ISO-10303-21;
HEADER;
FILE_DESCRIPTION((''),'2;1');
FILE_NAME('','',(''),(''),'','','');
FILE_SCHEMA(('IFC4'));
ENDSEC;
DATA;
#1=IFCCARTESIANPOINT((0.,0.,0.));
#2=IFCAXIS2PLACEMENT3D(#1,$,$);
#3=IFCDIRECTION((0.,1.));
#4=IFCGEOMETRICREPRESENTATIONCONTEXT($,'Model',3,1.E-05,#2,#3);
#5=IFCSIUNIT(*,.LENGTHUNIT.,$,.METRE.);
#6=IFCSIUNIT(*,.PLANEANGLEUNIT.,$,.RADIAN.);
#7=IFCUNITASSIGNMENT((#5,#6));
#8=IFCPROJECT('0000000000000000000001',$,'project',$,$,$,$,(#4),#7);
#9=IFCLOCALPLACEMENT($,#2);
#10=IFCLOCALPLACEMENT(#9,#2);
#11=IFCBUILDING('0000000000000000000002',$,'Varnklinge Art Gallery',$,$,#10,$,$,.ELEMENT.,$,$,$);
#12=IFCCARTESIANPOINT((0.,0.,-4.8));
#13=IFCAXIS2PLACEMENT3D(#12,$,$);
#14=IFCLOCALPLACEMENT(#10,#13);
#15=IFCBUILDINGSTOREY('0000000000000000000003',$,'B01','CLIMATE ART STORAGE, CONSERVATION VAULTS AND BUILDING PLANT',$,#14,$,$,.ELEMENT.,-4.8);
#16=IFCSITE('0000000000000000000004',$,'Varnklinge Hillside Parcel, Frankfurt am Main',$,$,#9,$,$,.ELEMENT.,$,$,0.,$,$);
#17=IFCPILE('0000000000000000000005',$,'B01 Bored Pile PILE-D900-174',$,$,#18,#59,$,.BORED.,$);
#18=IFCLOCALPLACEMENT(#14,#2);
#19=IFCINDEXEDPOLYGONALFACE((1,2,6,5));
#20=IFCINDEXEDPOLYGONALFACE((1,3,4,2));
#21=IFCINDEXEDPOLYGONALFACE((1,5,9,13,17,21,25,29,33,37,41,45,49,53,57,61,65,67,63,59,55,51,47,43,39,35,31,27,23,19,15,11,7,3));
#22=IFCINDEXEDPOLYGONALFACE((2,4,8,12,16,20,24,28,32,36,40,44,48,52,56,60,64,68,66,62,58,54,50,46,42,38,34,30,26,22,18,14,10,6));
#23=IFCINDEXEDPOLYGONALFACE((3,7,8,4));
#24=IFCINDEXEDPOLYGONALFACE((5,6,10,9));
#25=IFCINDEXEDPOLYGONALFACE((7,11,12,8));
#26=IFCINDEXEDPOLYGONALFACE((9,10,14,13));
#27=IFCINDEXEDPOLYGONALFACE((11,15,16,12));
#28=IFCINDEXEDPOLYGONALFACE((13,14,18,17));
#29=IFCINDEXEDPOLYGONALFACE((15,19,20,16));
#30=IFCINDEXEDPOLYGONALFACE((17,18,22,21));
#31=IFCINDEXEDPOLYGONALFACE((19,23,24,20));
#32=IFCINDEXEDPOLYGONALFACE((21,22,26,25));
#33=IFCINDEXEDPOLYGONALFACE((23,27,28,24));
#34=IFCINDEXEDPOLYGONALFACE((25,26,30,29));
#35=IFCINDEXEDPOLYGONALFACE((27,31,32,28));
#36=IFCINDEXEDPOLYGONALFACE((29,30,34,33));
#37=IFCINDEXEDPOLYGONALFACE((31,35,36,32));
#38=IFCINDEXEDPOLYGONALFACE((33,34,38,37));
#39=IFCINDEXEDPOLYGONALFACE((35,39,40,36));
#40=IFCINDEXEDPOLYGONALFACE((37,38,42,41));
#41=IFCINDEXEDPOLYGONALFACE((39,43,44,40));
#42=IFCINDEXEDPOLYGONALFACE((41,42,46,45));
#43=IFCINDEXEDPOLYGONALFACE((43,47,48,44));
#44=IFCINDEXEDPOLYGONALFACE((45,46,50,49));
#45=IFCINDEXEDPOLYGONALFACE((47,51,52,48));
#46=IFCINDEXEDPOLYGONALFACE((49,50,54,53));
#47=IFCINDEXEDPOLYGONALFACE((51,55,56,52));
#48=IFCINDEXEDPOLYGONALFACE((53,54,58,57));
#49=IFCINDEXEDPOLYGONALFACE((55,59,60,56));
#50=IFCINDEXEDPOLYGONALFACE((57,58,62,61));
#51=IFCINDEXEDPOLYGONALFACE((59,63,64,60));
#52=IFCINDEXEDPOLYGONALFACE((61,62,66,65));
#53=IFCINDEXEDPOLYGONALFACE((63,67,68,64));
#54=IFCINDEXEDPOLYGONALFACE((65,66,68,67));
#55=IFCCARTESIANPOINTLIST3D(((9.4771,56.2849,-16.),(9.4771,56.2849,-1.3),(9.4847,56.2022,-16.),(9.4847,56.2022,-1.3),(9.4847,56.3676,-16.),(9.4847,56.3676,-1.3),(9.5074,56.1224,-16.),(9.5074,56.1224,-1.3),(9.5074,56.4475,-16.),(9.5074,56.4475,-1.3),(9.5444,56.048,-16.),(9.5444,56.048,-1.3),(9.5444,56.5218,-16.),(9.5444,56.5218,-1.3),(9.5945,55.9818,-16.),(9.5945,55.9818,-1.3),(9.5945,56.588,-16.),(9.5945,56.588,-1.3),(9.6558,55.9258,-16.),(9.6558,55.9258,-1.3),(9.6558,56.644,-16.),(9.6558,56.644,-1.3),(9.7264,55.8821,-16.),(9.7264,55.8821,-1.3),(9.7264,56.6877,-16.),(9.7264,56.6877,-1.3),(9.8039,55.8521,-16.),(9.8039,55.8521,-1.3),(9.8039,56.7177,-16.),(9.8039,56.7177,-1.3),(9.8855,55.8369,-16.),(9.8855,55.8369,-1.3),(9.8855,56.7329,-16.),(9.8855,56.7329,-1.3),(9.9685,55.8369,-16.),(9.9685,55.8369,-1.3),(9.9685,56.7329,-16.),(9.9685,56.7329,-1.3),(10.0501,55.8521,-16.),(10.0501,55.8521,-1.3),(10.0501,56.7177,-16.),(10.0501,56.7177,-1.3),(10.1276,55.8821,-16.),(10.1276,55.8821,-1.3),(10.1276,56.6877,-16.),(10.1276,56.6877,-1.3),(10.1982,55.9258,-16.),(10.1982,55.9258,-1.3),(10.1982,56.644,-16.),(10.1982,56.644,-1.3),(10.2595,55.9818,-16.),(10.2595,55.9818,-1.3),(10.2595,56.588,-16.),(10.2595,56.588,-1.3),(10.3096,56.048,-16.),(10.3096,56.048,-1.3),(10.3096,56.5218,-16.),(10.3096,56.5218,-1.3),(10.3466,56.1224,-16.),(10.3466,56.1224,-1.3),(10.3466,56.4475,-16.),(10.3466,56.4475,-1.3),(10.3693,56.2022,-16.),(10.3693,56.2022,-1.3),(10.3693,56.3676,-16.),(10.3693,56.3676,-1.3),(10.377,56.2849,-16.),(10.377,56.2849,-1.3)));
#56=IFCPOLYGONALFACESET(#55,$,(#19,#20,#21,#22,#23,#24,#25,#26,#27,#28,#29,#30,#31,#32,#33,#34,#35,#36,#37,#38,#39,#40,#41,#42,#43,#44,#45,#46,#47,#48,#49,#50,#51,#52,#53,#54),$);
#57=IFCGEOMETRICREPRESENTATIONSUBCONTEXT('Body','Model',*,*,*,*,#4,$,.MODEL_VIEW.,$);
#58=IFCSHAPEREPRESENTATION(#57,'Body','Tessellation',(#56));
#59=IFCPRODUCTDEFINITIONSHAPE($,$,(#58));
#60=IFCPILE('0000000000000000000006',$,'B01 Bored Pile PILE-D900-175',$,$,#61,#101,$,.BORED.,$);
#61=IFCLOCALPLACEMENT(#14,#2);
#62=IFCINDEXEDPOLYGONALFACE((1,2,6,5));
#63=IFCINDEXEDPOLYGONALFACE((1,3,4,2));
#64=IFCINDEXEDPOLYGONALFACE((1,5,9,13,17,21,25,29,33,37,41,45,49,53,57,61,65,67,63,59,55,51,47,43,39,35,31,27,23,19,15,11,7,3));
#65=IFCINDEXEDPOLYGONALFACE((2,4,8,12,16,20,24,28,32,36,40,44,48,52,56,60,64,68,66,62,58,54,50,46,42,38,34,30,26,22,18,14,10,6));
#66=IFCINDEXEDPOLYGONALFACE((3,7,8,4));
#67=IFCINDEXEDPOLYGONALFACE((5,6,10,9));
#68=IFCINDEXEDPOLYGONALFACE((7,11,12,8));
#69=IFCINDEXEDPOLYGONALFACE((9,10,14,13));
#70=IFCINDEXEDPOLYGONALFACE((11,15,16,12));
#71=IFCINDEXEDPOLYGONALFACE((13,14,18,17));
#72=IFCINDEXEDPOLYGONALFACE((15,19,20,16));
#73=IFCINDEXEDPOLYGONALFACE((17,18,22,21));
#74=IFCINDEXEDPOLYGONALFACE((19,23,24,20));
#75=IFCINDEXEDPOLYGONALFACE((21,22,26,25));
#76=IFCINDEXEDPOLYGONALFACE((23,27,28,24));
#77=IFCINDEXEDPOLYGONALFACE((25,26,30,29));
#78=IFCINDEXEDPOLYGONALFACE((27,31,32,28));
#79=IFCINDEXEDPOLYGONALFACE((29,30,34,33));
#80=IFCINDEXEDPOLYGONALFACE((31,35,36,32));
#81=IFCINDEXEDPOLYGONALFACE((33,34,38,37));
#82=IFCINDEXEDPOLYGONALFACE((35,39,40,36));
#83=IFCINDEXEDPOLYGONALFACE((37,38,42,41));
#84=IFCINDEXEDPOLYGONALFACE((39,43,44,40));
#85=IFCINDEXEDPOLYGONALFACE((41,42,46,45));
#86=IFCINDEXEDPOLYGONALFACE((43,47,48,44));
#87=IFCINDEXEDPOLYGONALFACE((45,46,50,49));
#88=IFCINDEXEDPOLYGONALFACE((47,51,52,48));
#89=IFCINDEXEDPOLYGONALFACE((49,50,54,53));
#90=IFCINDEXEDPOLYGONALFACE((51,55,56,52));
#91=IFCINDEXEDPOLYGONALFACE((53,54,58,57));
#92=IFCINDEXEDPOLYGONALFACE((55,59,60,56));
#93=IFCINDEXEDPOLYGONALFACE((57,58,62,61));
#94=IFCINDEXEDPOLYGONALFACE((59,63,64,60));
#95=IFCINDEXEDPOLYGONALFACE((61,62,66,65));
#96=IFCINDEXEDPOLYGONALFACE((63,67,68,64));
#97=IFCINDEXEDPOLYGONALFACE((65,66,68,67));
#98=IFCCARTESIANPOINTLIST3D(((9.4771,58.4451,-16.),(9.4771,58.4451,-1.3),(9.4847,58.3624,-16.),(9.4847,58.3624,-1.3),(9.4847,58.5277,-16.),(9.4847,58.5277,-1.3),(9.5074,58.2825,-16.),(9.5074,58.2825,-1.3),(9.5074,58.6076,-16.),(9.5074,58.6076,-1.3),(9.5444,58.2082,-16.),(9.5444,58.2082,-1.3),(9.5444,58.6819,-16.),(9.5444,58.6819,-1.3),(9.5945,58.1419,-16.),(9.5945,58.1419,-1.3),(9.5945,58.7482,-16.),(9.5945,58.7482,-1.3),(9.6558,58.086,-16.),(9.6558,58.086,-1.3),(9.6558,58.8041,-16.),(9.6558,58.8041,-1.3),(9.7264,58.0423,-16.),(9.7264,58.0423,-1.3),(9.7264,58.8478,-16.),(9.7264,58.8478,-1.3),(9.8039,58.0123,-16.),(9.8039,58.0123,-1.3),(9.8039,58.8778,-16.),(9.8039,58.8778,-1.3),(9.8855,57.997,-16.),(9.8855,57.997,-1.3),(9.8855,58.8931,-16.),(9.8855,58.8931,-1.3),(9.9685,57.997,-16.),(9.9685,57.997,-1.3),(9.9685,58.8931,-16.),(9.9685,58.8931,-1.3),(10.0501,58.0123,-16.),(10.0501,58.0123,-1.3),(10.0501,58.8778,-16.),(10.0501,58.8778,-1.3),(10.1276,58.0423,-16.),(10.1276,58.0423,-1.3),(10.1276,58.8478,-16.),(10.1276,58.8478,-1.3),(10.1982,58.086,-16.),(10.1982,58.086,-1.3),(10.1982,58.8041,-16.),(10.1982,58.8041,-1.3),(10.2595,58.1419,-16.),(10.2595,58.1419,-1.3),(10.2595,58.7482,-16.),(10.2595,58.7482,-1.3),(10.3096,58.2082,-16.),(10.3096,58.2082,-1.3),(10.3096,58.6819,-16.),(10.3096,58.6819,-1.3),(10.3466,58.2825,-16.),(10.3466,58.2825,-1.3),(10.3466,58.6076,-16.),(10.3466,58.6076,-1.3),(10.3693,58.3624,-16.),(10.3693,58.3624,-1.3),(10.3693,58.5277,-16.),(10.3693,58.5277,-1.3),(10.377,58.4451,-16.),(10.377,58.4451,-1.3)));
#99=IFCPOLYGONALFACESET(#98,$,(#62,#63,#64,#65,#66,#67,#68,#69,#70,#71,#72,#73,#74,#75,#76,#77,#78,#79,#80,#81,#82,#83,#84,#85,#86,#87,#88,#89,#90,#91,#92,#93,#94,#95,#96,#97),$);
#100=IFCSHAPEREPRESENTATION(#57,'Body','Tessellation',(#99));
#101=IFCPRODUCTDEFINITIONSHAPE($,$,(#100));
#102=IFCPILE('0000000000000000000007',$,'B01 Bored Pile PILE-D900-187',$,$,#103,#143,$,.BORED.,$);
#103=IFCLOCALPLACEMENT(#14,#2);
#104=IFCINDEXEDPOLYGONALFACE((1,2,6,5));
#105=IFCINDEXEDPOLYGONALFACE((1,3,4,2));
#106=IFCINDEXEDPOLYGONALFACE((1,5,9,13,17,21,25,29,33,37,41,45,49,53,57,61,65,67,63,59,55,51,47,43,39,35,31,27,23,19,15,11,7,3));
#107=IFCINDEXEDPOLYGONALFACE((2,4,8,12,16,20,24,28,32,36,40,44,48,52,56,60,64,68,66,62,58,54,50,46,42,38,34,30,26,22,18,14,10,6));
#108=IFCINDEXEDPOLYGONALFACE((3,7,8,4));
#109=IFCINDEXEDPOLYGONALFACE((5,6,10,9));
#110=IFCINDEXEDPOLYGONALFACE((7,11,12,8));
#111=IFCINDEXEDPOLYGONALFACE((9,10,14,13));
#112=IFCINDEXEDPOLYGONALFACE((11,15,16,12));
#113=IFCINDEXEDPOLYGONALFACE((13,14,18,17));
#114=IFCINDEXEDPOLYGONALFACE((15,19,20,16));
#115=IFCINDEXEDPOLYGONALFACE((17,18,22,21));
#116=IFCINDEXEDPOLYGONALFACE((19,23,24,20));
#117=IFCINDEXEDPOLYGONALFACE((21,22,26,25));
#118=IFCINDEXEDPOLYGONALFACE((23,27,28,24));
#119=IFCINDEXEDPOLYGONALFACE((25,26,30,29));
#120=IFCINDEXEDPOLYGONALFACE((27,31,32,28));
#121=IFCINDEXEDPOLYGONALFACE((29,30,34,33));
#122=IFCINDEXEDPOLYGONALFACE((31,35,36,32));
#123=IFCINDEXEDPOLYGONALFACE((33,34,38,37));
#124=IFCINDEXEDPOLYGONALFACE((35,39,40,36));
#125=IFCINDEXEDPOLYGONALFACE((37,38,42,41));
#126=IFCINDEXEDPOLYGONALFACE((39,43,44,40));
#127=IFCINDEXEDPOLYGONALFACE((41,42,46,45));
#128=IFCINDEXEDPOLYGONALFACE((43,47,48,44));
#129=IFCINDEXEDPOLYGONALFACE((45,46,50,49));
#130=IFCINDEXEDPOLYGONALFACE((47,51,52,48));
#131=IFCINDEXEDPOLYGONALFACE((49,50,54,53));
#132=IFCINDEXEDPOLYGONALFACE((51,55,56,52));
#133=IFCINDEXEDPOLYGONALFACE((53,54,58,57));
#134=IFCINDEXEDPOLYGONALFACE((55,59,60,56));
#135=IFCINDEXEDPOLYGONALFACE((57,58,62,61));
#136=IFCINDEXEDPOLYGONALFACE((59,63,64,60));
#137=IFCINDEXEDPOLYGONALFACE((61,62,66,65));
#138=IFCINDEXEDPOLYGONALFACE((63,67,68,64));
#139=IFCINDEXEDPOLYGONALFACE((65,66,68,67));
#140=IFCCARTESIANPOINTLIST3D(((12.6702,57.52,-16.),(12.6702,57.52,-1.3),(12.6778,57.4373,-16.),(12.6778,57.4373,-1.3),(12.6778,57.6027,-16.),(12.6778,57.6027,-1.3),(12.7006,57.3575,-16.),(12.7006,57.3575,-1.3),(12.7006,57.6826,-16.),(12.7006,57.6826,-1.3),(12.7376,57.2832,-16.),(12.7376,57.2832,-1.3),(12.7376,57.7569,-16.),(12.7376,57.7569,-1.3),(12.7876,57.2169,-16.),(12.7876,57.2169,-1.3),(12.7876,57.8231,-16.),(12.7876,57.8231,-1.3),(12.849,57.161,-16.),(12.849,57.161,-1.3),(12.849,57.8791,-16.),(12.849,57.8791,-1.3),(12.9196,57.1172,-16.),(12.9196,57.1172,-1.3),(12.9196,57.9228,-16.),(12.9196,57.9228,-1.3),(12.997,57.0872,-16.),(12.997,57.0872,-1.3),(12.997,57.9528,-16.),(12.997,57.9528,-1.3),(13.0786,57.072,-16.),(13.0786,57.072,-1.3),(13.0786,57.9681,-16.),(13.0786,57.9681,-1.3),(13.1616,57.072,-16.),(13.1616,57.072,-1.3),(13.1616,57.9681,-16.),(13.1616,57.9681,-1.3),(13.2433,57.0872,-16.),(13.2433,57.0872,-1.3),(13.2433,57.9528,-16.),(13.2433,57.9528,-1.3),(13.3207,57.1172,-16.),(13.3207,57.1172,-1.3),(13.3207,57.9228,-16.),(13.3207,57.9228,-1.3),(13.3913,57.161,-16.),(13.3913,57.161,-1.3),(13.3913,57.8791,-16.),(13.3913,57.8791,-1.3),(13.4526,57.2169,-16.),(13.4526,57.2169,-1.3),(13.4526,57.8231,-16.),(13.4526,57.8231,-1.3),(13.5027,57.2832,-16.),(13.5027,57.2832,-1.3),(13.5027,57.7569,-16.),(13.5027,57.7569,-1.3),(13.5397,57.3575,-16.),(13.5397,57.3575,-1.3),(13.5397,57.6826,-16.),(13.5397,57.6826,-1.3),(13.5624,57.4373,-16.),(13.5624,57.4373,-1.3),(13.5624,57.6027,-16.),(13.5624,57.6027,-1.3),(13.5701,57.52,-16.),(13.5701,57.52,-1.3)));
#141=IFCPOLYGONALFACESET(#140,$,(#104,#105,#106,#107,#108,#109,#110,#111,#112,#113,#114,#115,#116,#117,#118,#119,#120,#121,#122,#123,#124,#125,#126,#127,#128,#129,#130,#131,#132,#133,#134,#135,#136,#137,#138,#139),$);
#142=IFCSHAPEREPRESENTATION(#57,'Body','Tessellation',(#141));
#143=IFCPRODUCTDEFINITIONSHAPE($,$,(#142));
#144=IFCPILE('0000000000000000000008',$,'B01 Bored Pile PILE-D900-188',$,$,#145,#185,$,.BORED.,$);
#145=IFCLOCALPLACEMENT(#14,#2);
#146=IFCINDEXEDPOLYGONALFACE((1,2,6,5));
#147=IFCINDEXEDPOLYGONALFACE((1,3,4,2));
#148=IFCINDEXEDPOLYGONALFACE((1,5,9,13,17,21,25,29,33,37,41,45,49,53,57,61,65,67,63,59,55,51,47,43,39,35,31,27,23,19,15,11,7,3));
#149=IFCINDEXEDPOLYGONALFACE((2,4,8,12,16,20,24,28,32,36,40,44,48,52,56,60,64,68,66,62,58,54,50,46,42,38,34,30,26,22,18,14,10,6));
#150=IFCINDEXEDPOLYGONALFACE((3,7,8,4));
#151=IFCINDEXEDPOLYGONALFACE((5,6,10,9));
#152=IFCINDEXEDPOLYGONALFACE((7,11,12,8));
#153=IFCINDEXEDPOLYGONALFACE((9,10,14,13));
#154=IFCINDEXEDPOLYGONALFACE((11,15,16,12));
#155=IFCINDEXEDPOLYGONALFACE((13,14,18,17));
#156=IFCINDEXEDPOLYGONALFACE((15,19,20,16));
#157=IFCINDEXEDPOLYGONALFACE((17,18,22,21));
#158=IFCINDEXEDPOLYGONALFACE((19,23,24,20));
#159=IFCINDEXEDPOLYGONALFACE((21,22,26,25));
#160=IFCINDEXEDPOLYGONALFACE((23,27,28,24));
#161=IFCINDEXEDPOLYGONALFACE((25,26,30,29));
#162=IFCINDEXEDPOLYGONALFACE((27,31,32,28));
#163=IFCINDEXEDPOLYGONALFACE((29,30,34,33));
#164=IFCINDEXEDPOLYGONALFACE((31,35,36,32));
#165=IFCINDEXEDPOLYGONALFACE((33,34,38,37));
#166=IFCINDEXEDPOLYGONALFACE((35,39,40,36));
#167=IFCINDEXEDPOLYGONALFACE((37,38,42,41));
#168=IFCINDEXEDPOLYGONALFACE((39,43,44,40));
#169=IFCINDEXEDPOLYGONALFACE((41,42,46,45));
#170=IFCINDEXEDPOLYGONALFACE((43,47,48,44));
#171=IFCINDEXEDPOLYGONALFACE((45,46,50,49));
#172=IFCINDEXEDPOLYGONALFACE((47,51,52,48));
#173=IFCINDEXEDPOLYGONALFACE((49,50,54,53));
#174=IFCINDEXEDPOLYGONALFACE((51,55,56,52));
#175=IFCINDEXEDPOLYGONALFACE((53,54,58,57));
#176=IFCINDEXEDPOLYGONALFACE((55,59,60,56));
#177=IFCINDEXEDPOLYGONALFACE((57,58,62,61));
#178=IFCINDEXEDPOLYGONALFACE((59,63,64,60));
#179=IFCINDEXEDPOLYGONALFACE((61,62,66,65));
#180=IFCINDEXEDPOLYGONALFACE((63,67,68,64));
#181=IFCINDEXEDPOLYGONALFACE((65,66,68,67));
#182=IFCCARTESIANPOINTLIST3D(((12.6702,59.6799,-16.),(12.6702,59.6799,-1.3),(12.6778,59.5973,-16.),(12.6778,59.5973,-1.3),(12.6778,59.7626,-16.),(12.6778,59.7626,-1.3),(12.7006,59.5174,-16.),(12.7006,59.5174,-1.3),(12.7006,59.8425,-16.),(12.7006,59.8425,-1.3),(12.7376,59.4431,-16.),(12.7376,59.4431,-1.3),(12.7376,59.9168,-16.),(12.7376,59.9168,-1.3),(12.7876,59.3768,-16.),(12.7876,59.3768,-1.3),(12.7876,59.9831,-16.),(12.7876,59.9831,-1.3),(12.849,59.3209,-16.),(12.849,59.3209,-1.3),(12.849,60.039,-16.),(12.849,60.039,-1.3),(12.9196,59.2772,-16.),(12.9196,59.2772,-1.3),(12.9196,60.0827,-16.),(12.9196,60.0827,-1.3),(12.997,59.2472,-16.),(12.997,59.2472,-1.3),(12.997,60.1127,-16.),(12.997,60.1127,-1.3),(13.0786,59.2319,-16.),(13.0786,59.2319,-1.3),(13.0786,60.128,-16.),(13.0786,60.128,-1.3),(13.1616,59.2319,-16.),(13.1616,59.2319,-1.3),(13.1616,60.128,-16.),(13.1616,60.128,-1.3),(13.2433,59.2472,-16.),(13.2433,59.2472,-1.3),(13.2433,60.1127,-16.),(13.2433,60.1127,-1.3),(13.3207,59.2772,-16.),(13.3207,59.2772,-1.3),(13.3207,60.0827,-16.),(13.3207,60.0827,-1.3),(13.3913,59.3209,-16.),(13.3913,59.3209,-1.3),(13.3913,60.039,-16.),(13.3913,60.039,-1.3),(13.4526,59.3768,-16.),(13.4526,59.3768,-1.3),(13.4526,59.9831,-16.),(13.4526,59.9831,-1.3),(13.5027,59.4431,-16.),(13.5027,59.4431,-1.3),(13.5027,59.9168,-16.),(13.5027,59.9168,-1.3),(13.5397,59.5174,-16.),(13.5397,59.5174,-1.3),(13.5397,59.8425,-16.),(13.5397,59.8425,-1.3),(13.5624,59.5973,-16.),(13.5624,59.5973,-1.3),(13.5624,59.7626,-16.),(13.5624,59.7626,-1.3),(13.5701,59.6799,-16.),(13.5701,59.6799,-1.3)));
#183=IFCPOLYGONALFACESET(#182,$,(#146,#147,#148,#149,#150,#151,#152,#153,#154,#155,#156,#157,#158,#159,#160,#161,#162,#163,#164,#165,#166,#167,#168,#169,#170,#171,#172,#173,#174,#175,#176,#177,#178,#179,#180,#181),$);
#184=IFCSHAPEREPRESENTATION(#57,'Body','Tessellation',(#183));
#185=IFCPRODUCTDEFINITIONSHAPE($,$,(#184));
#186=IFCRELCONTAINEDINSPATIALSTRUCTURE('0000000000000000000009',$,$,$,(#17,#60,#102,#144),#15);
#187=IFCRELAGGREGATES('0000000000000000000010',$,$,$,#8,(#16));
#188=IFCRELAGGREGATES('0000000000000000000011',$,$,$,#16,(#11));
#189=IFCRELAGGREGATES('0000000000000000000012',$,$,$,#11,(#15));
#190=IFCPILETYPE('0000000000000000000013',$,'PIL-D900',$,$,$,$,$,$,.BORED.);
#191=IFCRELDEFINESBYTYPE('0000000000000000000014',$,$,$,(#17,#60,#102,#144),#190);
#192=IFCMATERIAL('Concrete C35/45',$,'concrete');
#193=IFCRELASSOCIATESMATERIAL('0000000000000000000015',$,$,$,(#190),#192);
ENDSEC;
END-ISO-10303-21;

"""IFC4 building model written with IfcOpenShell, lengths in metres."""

from ifc_helpers import new_model, si_unit, direction, frame, origin, origin_2d, place, context, subcontext, project, spatial, circle, extrude, material, material_profile, profile_set, type_object, element, save


model = new_model("IFC4")

# Units and contexts
model_context = context("Model", 3, precision=1e-05, world=origin(), true_north=direction((0.0, 1.0)))
body_context = subcontext(model_context, "Body", "Model", "MODEL_VIEW")
ifc_project = project(units=[si_unit("LENGTHUNIT", "METRE"), si_unit("PLANEANGLEUNIT", "RADIAN")], contexts=[model_context])

# Site, building, storey
site_placement = place(None, origin())
site = spatial("IfcSite", under=ifc_project, at=site_placement, Name="Varnklinge Hillside Parcel, Frankfurt am Main", CompositionType="ELEMENT", RefElevation=0.0)
building_placement = place(site_placement, origin())
building = spatial("IfcBuilding", under=site, at=building_placement, Name="Varnklinge Art Gallery", CompositionType="ELEMENT")
storey_placement = place(building_placement, frame((0.0, 0.0, -4.8)))
storey = spatial("IfcBuildingStorey", under=building, at=storey_placement, Name="B01", Description="CLIMATE ART STORAGE, CONSERVATION VAULTS AND BUILDING PLANT", CompositionType="ELEMENT", Elevation=-4.8)

# Piles
ifc_material_1 = material(Name="Concrete C35/45", Category="concrete")
ifc_material_profile_1 = material_profile(ifc_material_1, circle(Radius=0.45, at=origin_2d()), Name="PILE D900")
ifc_profile_set_1 = profile_set([ifc_material_profile_1], Name="Concrete C35/45")
pile_type = type_object("IfcPileType", Name="PIL-D900", PredefinedType="BORED", material=ifc_profile_set_1)
for number, where, z_axis, x_axis, name in (
    (1, (9.927, 56.2849, -1.3), (0.0, 0.0, -1.0), (1.0, 0.0, 0.0), "B01 Bored Pile PILE-D900-174"),
    (2, (9.927, 58.4451, -1.3), (0.0, 0.0, -1.0), (1.0, 0.0, 0.0), "B01 Bored Pile PILE-D900-175"),
    (3, (13.1201, 57.52, -1.3), (0.0, 0.0, -1.0), (1.0, 0.0, 0.0), "B01 Bored Pile PILE-D900-187"),
    (4, (13.1201, 59.6799, -1.3), (0.0, 0.0, -1.0), (1.0, 0.0, 0.0), "B01 Bored Pile PILE-D900-188"),
):
    element("IfcPile", number, at=place(storey_placement, frame(where, z_axis=z_axis, x_axis=x_axis)), inside=storey, type_object=pile_type, Name=name, PredefinedType="BORED", context=body_context, shape_type="SweptSolid", body=[
        extrude(circle(Radius=0.45, at=origin_2d()), origin(), (0.0, 0.0, 1.0), 14.7),
    ])

save(model, "model.ifc")
